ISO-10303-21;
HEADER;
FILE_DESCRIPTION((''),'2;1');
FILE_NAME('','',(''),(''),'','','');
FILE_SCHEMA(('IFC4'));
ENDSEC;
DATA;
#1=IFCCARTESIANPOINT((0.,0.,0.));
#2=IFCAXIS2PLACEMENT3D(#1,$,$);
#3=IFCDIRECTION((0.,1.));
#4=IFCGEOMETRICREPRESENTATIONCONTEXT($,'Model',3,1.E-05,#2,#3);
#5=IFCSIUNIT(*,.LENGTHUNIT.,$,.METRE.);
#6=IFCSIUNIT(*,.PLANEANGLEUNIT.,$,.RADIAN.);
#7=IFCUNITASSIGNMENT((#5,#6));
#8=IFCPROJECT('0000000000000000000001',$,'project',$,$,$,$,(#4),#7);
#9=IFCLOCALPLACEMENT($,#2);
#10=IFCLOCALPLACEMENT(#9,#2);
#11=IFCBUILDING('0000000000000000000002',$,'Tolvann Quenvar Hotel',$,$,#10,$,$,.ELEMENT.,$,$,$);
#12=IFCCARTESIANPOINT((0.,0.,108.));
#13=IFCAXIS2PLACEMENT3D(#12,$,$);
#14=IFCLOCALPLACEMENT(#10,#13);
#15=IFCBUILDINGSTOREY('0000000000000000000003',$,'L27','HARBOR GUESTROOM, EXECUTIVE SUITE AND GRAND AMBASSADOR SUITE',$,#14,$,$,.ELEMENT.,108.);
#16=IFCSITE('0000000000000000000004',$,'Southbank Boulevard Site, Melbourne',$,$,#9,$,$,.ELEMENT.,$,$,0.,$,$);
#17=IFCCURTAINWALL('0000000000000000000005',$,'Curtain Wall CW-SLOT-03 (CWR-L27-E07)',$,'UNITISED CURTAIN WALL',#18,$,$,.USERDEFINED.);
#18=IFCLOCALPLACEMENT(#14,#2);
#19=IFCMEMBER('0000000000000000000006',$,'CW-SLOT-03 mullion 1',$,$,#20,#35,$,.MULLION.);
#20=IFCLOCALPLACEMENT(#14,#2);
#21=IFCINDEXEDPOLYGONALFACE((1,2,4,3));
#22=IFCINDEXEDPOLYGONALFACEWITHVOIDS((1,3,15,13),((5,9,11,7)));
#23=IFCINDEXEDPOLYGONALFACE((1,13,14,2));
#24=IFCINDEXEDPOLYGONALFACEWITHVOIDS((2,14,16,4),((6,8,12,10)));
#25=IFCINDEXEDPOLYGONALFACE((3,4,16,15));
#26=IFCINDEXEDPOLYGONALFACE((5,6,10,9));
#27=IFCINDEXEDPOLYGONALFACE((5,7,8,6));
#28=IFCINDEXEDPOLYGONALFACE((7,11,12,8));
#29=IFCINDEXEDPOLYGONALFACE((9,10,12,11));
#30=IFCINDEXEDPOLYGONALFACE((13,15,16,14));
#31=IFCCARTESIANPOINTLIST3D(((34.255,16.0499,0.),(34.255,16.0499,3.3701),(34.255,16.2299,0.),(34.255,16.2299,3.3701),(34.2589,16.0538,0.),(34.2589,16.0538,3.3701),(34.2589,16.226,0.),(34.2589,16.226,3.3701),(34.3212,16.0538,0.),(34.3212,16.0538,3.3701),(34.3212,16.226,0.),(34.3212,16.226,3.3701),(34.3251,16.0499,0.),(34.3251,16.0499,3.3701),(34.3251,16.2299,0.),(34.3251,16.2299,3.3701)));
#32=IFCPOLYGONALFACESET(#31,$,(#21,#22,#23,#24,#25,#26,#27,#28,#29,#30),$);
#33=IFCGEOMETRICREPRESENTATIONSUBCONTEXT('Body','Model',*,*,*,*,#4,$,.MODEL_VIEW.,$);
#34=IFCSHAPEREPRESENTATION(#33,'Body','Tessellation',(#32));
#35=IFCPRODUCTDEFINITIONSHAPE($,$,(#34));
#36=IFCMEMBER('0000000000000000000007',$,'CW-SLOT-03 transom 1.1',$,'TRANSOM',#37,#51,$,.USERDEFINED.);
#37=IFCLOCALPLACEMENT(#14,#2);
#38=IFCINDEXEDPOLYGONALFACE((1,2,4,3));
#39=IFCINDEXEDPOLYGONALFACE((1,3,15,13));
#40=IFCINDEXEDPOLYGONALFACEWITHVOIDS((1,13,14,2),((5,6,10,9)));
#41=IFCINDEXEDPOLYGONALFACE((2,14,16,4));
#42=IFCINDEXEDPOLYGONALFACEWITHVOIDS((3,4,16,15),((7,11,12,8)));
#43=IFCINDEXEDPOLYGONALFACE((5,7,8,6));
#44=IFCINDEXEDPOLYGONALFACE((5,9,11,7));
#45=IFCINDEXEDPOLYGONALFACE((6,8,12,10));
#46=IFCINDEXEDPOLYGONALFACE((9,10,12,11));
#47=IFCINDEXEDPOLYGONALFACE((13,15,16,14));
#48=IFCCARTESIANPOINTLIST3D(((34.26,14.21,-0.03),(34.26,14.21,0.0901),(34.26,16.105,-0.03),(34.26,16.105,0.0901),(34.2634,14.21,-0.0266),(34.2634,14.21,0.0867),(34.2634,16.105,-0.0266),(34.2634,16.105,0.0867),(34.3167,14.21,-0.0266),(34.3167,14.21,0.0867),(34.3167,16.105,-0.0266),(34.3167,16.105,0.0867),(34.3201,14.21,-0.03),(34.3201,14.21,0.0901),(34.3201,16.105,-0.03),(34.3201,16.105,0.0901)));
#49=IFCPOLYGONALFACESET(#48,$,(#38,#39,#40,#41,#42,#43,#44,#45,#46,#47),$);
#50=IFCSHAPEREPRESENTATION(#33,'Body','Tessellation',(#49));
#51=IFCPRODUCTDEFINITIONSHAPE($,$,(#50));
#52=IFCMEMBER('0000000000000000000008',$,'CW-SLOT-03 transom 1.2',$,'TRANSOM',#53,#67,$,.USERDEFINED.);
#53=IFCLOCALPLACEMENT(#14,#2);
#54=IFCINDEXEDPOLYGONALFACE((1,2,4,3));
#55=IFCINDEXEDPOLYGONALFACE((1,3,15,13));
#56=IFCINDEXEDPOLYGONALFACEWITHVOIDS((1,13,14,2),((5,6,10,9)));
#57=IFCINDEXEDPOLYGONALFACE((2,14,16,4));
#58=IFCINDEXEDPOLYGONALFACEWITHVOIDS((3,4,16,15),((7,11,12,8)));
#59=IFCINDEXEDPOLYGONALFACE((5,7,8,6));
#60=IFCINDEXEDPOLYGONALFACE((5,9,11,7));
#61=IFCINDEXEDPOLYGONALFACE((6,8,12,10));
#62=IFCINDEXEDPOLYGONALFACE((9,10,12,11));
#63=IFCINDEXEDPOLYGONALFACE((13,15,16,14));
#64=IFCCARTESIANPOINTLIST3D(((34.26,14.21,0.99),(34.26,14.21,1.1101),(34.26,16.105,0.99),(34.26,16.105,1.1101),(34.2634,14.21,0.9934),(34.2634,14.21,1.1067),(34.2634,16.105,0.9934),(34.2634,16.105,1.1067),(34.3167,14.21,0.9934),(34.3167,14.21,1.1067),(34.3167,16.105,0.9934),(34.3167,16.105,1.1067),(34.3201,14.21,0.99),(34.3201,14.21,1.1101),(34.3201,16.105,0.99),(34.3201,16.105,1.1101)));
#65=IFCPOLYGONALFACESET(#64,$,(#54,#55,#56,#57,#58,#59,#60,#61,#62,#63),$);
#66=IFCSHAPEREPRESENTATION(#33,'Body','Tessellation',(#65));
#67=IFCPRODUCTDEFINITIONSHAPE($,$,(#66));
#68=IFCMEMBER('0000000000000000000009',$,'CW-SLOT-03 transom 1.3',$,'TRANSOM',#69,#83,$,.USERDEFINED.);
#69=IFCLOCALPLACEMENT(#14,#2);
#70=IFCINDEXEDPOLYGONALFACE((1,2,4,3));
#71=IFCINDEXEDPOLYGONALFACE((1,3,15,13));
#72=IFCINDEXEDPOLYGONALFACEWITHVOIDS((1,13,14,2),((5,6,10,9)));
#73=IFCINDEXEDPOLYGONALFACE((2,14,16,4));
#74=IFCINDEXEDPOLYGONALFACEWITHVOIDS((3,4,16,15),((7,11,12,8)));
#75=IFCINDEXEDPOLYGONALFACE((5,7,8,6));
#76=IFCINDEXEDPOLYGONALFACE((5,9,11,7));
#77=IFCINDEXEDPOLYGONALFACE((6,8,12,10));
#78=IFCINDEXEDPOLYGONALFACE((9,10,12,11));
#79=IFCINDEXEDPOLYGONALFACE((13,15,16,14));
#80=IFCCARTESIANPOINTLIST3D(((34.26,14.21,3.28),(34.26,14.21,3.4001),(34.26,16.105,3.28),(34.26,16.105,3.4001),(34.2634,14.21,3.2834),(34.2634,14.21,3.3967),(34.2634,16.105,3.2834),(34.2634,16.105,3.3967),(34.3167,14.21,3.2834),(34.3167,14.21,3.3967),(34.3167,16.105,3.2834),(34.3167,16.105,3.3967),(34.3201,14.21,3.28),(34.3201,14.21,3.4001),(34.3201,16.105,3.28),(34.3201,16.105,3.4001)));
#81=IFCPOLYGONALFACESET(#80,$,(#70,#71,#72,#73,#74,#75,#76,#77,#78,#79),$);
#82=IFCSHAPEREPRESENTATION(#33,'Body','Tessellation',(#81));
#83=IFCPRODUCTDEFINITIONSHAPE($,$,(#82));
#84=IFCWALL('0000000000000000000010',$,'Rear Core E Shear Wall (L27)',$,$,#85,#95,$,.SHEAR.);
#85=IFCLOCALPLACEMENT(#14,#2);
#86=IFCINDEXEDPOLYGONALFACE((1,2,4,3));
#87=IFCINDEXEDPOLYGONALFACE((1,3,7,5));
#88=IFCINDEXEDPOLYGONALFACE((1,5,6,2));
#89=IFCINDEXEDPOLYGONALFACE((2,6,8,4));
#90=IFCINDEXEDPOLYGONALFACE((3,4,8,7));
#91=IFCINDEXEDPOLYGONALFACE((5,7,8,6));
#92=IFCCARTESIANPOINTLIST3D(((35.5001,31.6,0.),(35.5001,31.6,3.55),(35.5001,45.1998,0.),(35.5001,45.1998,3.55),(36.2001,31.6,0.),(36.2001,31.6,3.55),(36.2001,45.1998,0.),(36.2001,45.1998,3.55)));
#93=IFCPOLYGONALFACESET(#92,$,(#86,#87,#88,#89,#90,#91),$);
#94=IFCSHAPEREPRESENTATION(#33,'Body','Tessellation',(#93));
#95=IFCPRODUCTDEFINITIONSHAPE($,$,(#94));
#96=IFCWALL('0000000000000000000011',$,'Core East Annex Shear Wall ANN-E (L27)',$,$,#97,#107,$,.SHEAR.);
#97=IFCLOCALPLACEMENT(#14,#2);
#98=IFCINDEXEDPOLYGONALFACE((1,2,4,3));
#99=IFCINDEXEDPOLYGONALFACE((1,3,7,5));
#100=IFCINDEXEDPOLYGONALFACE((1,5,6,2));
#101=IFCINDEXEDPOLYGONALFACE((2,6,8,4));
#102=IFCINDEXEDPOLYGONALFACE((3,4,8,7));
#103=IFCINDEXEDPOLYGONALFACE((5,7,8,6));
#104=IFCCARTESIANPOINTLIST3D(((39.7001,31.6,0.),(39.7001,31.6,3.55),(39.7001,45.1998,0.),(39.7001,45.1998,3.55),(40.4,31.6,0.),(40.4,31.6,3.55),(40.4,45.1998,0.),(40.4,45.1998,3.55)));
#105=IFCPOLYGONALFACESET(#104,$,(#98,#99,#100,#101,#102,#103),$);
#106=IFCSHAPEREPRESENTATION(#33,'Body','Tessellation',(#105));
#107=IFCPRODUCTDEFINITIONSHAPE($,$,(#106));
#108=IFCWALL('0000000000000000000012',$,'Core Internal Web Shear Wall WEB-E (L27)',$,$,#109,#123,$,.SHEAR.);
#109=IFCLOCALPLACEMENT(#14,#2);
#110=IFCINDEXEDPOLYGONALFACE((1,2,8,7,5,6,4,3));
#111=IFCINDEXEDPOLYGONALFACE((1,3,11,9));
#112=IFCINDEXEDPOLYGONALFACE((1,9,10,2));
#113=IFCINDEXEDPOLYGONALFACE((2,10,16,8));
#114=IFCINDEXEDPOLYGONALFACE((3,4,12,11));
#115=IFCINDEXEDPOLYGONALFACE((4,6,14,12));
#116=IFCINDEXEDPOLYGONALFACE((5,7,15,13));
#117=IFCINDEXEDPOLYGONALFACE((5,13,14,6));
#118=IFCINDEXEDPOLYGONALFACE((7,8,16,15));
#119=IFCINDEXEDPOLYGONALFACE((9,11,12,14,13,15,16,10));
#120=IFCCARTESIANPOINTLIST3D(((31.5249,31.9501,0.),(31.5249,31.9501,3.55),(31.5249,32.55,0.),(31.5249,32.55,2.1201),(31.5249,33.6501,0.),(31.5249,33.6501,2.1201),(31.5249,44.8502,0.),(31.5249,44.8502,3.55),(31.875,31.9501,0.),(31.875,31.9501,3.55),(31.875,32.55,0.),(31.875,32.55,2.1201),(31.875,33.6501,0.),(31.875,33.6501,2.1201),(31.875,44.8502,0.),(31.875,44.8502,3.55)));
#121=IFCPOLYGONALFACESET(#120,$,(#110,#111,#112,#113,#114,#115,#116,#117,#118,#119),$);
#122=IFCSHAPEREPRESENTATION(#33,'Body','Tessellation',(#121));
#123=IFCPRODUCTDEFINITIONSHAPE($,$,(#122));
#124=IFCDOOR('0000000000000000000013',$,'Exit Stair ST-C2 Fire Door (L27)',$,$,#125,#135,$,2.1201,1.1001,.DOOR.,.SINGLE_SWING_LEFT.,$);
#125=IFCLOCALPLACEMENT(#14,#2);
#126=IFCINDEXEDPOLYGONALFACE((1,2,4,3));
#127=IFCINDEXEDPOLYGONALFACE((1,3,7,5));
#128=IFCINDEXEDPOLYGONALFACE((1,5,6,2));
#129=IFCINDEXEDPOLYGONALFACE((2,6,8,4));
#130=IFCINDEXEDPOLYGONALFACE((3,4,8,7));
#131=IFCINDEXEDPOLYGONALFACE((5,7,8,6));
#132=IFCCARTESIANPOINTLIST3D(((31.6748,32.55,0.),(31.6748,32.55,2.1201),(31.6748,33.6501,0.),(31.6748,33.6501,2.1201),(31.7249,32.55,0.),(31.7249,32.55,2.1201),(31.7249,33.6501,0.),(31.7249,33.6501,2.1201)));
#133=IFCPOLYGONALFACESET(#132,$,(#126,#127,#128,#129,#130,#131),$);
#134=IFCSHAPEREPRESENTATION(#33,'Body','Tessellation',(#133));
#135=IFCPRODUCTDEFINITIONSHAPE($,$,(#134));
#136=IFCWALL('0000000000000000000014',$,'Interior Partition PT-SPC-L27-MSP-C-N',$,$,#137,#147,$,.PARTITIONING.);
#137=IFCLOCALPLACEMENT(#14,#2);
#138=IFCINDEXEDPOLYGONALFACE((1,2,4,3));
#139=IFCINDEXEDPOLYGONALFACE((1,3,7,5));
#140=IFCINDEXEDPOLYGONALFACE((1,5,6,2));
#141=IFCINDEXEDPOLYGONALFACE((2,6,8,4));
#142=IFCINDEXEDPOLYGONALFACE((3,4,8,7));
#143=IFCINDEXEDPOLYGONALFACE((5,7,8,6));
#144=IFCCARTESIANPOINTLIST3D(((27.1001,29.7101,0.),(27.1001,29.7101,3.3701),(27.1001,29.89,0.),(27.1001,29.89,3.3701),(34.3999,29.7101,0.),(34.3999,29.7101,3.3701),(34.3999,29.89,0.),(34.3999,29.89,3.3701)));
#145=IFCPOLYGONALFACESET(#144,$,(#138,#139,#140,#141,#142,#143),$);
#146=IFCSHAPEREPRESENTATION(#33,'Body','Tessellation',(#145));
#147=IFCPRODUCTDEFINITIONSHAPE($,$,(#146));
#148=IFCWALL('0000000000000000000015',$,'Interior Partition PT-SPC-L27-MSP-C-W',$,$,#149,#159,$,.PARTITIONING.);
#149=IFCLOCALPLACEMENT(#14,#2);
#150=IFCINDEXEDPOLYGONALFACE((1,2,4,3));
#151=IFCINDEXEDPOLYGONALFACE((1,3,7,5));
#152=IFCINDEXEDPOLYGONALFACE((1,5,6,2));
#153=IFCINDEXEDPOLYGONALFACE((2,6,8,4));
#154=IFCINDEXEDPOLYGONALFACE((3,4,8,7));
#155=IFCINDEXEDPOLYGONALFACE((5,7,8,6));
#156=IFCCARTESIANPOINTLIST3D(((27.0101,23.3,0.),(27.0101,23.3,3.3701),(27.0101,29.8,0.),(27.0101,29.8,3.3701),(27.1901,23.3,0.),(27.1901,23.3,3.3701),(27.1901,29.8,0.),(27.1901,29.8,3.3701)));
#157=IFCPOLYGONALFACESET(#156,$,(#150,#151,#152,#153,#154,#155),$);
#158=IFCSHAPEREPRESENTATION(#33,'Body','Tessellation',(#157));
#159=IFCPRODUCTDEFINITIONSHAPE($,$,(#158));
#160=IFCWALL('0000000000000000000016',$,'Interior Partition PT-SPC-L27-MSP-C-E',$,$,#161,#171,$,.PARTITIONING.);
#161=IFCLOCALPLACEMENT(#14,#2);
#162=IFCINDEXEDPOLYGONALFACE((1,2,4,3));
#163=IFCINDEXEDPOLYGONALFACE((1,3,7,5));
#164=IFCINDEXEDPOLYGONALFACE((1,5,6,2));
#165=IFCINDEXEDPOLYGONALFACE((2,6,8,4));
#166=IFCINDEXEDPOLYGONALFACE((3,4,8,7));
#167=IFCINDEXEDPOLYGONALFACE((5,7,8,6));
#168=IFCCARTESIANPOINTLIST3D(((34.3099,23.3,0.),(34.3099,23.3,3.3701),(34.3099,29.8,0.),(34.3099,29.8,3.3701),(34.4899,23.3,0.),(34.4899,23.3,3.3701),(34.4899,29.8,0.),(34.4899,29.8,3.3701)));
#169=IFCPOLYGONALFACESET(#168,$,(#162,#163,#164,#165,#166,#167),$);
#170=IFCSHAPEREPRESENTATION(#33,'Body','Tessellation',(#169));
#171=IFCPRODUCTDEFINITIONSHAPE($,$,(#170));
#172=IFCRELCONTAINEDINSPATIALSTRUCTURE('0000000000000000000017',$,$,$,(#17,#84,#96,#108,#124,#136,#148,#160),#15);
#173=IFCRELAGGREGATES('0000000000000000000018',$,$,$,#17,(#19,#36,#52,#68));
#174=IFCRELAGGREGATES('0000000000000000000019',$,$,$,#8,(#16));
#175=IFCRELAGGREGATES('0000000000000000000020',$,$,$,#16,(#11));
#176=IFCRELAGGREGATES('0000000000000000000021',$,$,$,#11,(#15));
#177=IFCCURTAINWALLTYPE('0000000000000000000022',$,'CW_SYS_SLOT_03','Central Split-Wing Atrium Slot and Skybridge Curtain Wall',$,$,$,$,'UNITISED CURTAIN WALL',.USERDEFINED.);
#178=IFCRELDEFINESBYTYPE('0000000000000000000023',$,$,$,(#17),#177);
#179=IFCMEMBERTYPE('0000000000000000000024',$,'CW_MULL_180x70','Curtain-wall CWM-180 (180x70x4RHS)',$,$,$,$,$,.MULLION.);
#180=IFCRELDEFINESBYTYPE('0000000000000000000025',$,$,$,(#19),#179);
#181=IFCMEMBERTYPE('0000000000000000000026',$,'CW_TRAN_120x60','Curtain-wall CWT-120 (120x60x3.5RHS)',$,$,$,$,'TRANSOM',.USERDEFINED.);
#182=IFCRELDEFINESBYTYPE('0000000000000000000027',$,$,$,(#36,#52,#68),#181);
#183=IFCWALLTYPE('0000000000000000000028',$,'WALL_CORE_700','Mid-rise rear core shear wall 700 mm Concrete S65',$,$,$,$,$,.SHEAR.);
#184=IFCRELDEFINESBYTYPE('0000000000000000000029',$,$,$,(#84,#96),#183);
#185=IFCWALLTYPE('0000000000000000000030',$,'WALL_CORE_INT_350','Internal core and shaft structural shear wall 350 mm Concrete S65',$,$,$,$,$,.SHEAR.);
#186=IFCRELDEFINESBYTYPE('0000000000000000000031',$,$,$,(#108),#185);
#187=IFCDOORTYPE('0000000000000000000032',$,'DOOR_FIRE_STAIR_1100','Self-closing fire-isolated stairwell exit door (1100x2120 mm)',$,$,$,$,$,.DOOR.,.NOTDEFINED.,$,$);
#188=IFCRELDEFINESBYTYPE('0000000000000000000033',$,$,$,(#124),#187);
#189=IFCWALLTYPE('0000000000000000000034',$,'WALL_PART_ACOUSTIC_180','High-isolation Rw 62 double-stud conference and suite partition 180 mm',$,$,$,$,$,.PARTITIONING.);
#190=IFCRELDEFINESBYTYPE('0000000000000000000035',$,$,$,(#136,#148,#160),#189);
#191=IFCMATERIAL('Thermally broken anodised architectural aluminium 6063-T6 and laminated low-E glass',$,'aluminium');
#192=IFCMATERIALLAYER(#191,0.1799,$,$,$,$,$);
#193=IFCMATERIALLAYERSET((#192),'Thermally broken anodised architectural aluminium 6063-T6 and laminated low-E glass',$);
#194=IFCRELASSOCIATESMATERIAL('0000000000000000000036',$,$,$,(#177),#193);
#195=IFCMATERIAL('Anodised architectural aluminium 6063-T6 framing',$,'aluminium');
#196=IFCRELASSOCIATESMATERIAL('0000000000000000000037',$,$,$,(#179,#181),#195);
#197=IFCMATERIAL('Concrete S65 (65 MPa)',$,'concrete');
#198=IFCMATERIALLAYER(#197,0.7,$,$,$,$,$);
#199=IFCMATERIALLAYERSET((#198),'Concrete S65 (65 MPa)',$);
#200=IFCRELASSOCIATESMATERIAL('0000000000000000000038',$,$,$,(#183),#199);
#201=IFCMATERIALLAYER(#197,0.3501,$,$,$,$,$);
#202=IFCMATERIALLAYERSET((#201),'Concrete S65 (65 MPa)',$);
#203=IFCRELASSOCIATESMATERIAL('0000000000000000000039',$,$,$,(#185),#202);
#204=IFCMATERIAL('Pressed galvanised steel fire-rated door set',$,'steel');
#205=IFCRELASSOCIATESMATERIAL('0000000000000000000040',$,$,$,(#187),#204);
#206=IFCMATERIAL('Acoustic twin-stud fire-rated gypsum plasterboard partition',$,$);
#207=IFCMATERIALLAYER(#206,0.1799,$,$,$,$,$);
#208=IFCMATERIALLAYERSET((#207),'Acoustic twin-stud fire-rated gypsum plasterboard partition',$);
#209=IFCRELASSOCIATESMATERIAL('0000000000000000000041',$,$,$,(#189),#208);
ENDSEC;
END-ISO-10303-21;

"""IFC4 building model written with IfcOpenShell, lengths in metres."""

from ifc_helpers import new_model, si_unit, direction, frame, frame_2d, origin, origin_2d, place, context, subcontext, project, spatial, rectangle, hollow_rectangle, extrude, source, transform, mapped, material, layer, layer_set, material_profile, profile_set, type_object, type_shapes, element, fill, aggregate, save


model = new_model("IFC4")

# Units and contexts
model_context = context("Model", 3, precision=1e-05, world=origin(), true_north=direction((0.0, 1.0)))
body_context = subcontext(model_context, "Body", "Model", "MODEL_VIEW")
ifc_project = project(units=[si_unit("LENGTHUNIT", "METRE"), si_unit("PLANEANGLEUNIT", "RADIAN")], contexts=[model_context])

# Site, building, storey
site_placement = place(None, origin())
site = spatial("IfcSite", under=ifc_project, at=site_placement, Name="Southbank Boulevard Site, Melbourne", CompositionType="ELEMENT", RefElevation=0.0)
building_placement = place(site_placement, origin())
building = spatial("IfcBuilding", under=site, at=building_placement, Name="Tolvann Quenvar Hotel", CompositionType="ELEMENT")
storey_placement = place(building_placement, frame((0.0, 0.0, 108.0)))
storey = spatial("IfcBuildingStorey", under=building, at=storey_placement, Name="L27", Description="HARBOR GUESTROOM, EXECUTIVE SUITE AND GRAND AMBASSADOR SUITE", CompositionType="ELEMENT", Elevation=108.0)

# Shared definitions
ifc_material_1 = material(Name="Concrete S65 (65 MPa)", Category="concrete")

# Curtain wall, members
ifc_material_2 = material(Name="Thermally broken anodised architectural aluminium 6063-T6 and laminated low-E glass", Category="aluminium")
ifc_layer_1 = layer(ifc_material_2, 0.1799)
ifc_layer_set_1 = layer_set([ifc_layer_1], Name="Thermally broken anodised architectural aluminium 6063-T6 and laminated low-E glass")
curtain_wall_type = type_object("IfcCurtainWallType", Name="CW_SYS_SLOT_03", Description="Central Split-Wing Atrium Slot and Skybridge Curtain Wall", ElementType="UNITISED CURTAIN WALL", PredefinedType="USERDEFINED", material=ifc_layer_set_1)
curtain_wall_placement = place(storey_placement, origin())
curtain_wall = element("IfcCurtainWall", 1, at=curtain_wall_placement, inside=storey, type_object=curtain_wall_type, Name="Curtain Wall CW-SLOT-03 (CWR-L27-E07)", ObjectType="UNITISED CURTAIN WALL", PredefinedType="USERDEFINED")
ifc_material_3 = material(Name="Anodised architectural aluminium 6063-T6 framing", Category="aluminium")
ifc_material_profile_1 = material_profile(ifc_material_3, hollow_rectangle(XDim=0.0701, YDim=0.1799, WallThickness=0.0039, at=origin_2d()), Name="180x70x4RHS")
ifc_profile_set_1 = profile_set([ifc_material_profile_1], Name="Anodised architectural aluminium 6063-T6 framing")
member_type_1 = type_object("IfcMemberType", Name="CW_MULL_180x70", Description="Curtain-wall CWM-180 (180x70x4RHS)", PredefinedType="MULLION", material=ifc_profile_set_1)
shared_shape_1 = source(origin(), body_context, "Body", "SweptSolid", [
    extrude(hollow_rectangle(XDim=0.0701, YDim=0.1799, WallThickness=0.0039, at=origin_2d()), origin(), (0.0, 0.0, 1.0), 3.3701),
])
type_shapes(member_type_1, [shared_shape_1])
member_1_placement = place(storey_placement, frame((34.29, 16.1399, 0.0), z_axis=(0.0, 0.0, 1.0), x_axis=(1.0, 0.0, 0.0)))
member_1 = element("IfcMember", 2, at=member_1_placement, type_object=member_type_1, Name="CW-SLOT-03 mullion 1", PredefinedType="MULLION", context=body_context, shape_type="MappedRepresentation", body=[
    mapped(shared_shape_1, transform((0.0, 0.0, 0.0), x_axis=(1.0, 0.0, 0.0), y_axis=(0.0, 1.0, 0.0), z_axis=(0.0, 0.0, 1.0), scale=1.0)),
])
ifc_material_profile_2 = material_profile(ifc_material_3, hollow_rectangle(XDim=0.0601, YDim=0.1201, WallThickness=0.0034, at=origin_2d()), Name="120x60x3.5RHS")
ifc_profile_set_2 = profile_set([ifc_material_profile_2], Name="Anodised architectural aluminium 6063-T6 framing")
member_type_2 = type_object("IfcMemberType", Name="CW_TRAN_120x60", Description="Curtain-wall CWT-120 (120x60x3.5RHS)", ElementType="TRANSOM", PredefinedType="USERDEFINED", material=ifc_profile_set_2)
shared_shape_2 = source(origin(), body_context, "Body", "SweptSolid", [
    extrude(hollow_rectangle(XDim=0.0601, YDim=0.1201, WallThickness=0.0034, at=origin_2d()), origin(), (0.0, 0.0, 1.0), 1.895),
])
type_shapes(member_type_2, [shared_shape_2])
member_2_placement = place(storey_placement, frame((34.29, 16.105, 0.03), z_axis=(0.0, -1.0, 0.0), x_axis=(1.0, 0.0, 0.0)))
member_2 = element("IfcMember", 3, at=member_2_placement, type_object=member_type_2, Name="CW-SLOT-03 transom 1.1", ObjectType="TRANSOM", PredefinedType="USERDEFINED", context=body_context, shape_type="MappedRepresentation", body=[
    mapped(shared_shape_2, transform((0.0, 0.0, 0.0), x_axis=(1.0, 0.0, 0.0), y_axis=(0.0, 1.0, 0.0), z_axis=(0.0, 0.0, 1.0), scale=1.0)),
])
member_3_placement = place(storey_placement, frame((34.29, 16.105, 1.05), z_axis=(0.0, -1.0, 0.0), x_axis=(1.0, 0.0, 0.0)))
member_3 = element("IfcMember", 4, at=member_3_placement, type_object=member_type_2, Name="CW-SLOT-03 transom 1.2", ObjectType="TRANSOM", PredefinedType="USERDEFINED", context=body_context, shape_type="MappedRepresentation", body=[
    mapped(shared_shape_2, transform((0.0, 0.0, 0.0), x_axis=(1.0, 0.0, 0.0), y_axis=(0.0, 1.0, 0.0), z_axis=(0.0, 0.0, 1.0), scale=1.0)),
])
member_4_placement = place(storey_placement, frame((34.29, 16.105, 3.3401), z_axis=(0.0, -1.0, 0.0), x_axis=(1.0, 0.0, 0.0)))
member_4 = element("IfcMember", 5, at=member_4_placement, type_object=member_type_2, Name="CW-SLOT-03 transom 1.3", ObjectType="TRANSOM", PredefinedType="USERDEFINED", context=body_context, shape_type="MappedRepresentation", body=[
    mapped(shared_shape_2, transform((0.0, 0.0, 0.0), x_axis=(1.0, 0.0, 0.0), y_axis=(0.0, 1.0, 0.0), z_axis=(0.0, 0.0, 1.0), scale=1.0)),
])
aggregate(curtain_wall, [member_1, member_2, member_3, member_4])

# Walls
ifc_layer_2 = layer(ifc_material_1, 0.7)
ifc_layer_set_2 = layer_set([ifc_layer_2], Name="Concrete S65 (65 MPa)")
wall_type_1 = type_object("IfcWallType", Name="WALL_CORE_700", Description="Mid-rise rear core shear wall 700 mm Concrete S65", PredefinedType="SHEAR", material=ifc_layer_set_2)
for number, where, z_axis, x_axis, name in (
    (6, (35.8501, 31.6001, 0.0), (0.0, 0.0, 1.0), (0.0, 1.0, 0.0), "Rear Core E Shear Wall (L27)"),
    (7, (40.05, 31.6001, 0.0), (0.0, 0.0, 1.0), (0.0, 1.0, 0.0), "Core East Annex Shear Wall ANN-E (L27)"),
):
    element("IfcWall", number, at=place(storey_placement, frame(where, z_axis=z_axis, x_axis=x_axis)), inside=storey, type_object=wall_type_1, Name=name, PredefinedType="SHEAR", context=body_context, shape_type="SweptSolid", body=[
        extrude(rectangle(XDim=13.5999, YDim=0.7, at=frame_2d((6.7998, 0.0))), origin(), (0.0, 0.0, 1.0), 3.55),
    ])

# Wall, opening, door
ifc_layer_3 = layer(ifc_material_1, 0.3501)
ifc_layer_set_3 = layer_set([ifc_layer_3], Name="Concrete S65 (65 MPa)")
wall_type_2 = type_object("IfcWallType", Name="WALL_CORE_INT_350", Description="Internal core and shaft structural shear wall 350 mm Concrete S65", PredefinedType="SHEAR", material=ifc_layer_set_3)
wall_1_placement = place(storey_placement, frame((31.7, 31.95, 0.0), z_axis=(0.0, 0.0, 1.0), x_axis=(0.0, 1.0, 0.0)))
wall_1 = element("IfcWall", 8, at=wall_1_placement, inside=storey, type_object=wall_type_2, Name="Core Internal Web Shear Wall WEB-E (L27)", PredefinedType="SHEAR", context=body_context, shape_type="SweptSolid", body=[
    extrude(rectangle(XDim=12.9001, YDim=0.3501, at=frame_2d((6.4502, 0.0))), origin(), (0.0, 0.0, 1.0), 3.55),
])
opening_1_placement = place(wall_1_placement, frame((1.7002, 0.0, 0.0), z_axis=(0.0, 0.0, 1.0), x_axis=(-1.0, 0.0, 0.0)))
opening_1 = element("IfcOpeningElement", 9, at=opening_1_placement, cuts=wall_1, PredefinedType="OPENING", context=body_context, shape_type="SweptSolid", body=[
    extrude(rectangle(XDim=1.1001, YDim=2.1201, at=frame_2d((0.55, 1.0601))), frame((0.0, 0.1851, 0.0), z_axis=(0.0, -1.0, 0.0), x_axis=(1.0, 0.0, 0.0)), (0.0, 0.0, 1.0), 0.3701),
])
ifc_material_4 = material(Name="Pressed galvanised steel fire-rated door set", Category="steel")
door_type_1 = type_object("IfcDoorType", Name="DOOR_FIRE_STAIR_1100", Description="Self-closing fire-isolated stairwell exit door (1100x2120 mm)", OperationType="NOTDEFINED", PredefinedType="DOOR", material=ifc_material_4)
shared_shape_3 = source(origin(), body_context, "Body", "SweptSolid", [
    extrude(rectangle(XDim=1.1001, YDim=2.1201, at=frame_2d((0.55, 1.0601))), frame((0.0, 0.0249, 0.0), z_axis=(0.0, -1.0, 0.0), x_axis=(1.0, 0.0, 0.0)), (0.0, 0.0, 1.0), 0.05),
])
type_shapes(door_type_1, [shared_shape_3])
door_1_placement = place(opening_1_placement, origin())
door_1 = element("IfcDoor", 10, at=door_1_placement, inside=storey, type_object=door_type_1, Name="Exit Stair ST-C2 Fire Door (L27)", OperationType="SINGLE_SWING_LEFT", OverallHeight=2.1201, OverallWidth=1.1001, PredefinedType="DOOR", context=body_context, shape_type="MappedRepresentation", body=[
    mapped(shared_shape_3, transform((0.0, 0.0, 0.0), x_axis=(1.0, 0.0, 0.0), y_axis=(0.0, 1.0, 0.0), z_axis=(0.0, 0.0, 1.0), scale=1.0)),
])
fill(opening_1, door_1)
ifc_material_5 = material(Name="Acoustic twin-stud fire-rated gypsum plasterboard partition")
ifc_layer_4 = layer(ifc_material_5, 0.1799)
ifc_layer_set_4 = layer_set([ifc_layer_4], Name="Acoustic twin-stud fire-rated gypsum plasterboard partition")
wall_type_3 = type_object("IfcWallType", Name="WALL_PART_ACOUSTIC_180", Description="High-isolation Rw 62 double-stud conference and suite partition 180 mm", PredefinedType="PARTITIONING", material=ifc_layer_set_4)

# Walls
wall_2_placement = place(storey_placement, frame((27.1001, 29.8, 0.0), z_axis=(0.0, 0.0, 1.0), x_axis=(1.0, 0.0, 0.0)))
element("IfcWall", 11, at=wall_2_placement, inside=storey, type_object=wall_type_3, Name="Interior Partition PT-SPC-L27-MSP-C-N", PredefinedType="PARTITIONING", context=body_context, shape_type="SweptSolid", body=[
    extrude(rectangle(XDim=7.2998, YDim=0.1799, at=frame_2d((3.6499, 0.0))), origin(), (0.0, 0.0, 1.0), 3.3701),
])
for number, where, z_axis, x_axis, name in (
    (12, (27.1001, 23.3, 0.0), (0.0, 0.0, 1.0), (0.0, 1.0, 0.0), "Interior Partition PT-SPC-L27-MSP-C-W"),
    (13, (34.3999, 23.3, 0.0), (0.0, 0.0, 1.0), (0.0, 1.0, 0.0), "Interior Partition PT-SPC-L27-MSP-C-E"),
):
    element("IfcWall", number, at=place(storey_placement, frame(where, z_axis=z_axis, x_axis=x_axis)), inside=storey, type_object=wall_type_3, Name=name, PredefinedType="PARTITIONING", context=body_context, shape_type="SweptSolid", body=[
        extrude(rectangle(XDim=6.5, YDim=0.1799, at=frame_2d((3.25, 0.0))), origin(), (0.0, 0.0, 1.0), 3.3701),
    ])

save(model, "model.ifc")
